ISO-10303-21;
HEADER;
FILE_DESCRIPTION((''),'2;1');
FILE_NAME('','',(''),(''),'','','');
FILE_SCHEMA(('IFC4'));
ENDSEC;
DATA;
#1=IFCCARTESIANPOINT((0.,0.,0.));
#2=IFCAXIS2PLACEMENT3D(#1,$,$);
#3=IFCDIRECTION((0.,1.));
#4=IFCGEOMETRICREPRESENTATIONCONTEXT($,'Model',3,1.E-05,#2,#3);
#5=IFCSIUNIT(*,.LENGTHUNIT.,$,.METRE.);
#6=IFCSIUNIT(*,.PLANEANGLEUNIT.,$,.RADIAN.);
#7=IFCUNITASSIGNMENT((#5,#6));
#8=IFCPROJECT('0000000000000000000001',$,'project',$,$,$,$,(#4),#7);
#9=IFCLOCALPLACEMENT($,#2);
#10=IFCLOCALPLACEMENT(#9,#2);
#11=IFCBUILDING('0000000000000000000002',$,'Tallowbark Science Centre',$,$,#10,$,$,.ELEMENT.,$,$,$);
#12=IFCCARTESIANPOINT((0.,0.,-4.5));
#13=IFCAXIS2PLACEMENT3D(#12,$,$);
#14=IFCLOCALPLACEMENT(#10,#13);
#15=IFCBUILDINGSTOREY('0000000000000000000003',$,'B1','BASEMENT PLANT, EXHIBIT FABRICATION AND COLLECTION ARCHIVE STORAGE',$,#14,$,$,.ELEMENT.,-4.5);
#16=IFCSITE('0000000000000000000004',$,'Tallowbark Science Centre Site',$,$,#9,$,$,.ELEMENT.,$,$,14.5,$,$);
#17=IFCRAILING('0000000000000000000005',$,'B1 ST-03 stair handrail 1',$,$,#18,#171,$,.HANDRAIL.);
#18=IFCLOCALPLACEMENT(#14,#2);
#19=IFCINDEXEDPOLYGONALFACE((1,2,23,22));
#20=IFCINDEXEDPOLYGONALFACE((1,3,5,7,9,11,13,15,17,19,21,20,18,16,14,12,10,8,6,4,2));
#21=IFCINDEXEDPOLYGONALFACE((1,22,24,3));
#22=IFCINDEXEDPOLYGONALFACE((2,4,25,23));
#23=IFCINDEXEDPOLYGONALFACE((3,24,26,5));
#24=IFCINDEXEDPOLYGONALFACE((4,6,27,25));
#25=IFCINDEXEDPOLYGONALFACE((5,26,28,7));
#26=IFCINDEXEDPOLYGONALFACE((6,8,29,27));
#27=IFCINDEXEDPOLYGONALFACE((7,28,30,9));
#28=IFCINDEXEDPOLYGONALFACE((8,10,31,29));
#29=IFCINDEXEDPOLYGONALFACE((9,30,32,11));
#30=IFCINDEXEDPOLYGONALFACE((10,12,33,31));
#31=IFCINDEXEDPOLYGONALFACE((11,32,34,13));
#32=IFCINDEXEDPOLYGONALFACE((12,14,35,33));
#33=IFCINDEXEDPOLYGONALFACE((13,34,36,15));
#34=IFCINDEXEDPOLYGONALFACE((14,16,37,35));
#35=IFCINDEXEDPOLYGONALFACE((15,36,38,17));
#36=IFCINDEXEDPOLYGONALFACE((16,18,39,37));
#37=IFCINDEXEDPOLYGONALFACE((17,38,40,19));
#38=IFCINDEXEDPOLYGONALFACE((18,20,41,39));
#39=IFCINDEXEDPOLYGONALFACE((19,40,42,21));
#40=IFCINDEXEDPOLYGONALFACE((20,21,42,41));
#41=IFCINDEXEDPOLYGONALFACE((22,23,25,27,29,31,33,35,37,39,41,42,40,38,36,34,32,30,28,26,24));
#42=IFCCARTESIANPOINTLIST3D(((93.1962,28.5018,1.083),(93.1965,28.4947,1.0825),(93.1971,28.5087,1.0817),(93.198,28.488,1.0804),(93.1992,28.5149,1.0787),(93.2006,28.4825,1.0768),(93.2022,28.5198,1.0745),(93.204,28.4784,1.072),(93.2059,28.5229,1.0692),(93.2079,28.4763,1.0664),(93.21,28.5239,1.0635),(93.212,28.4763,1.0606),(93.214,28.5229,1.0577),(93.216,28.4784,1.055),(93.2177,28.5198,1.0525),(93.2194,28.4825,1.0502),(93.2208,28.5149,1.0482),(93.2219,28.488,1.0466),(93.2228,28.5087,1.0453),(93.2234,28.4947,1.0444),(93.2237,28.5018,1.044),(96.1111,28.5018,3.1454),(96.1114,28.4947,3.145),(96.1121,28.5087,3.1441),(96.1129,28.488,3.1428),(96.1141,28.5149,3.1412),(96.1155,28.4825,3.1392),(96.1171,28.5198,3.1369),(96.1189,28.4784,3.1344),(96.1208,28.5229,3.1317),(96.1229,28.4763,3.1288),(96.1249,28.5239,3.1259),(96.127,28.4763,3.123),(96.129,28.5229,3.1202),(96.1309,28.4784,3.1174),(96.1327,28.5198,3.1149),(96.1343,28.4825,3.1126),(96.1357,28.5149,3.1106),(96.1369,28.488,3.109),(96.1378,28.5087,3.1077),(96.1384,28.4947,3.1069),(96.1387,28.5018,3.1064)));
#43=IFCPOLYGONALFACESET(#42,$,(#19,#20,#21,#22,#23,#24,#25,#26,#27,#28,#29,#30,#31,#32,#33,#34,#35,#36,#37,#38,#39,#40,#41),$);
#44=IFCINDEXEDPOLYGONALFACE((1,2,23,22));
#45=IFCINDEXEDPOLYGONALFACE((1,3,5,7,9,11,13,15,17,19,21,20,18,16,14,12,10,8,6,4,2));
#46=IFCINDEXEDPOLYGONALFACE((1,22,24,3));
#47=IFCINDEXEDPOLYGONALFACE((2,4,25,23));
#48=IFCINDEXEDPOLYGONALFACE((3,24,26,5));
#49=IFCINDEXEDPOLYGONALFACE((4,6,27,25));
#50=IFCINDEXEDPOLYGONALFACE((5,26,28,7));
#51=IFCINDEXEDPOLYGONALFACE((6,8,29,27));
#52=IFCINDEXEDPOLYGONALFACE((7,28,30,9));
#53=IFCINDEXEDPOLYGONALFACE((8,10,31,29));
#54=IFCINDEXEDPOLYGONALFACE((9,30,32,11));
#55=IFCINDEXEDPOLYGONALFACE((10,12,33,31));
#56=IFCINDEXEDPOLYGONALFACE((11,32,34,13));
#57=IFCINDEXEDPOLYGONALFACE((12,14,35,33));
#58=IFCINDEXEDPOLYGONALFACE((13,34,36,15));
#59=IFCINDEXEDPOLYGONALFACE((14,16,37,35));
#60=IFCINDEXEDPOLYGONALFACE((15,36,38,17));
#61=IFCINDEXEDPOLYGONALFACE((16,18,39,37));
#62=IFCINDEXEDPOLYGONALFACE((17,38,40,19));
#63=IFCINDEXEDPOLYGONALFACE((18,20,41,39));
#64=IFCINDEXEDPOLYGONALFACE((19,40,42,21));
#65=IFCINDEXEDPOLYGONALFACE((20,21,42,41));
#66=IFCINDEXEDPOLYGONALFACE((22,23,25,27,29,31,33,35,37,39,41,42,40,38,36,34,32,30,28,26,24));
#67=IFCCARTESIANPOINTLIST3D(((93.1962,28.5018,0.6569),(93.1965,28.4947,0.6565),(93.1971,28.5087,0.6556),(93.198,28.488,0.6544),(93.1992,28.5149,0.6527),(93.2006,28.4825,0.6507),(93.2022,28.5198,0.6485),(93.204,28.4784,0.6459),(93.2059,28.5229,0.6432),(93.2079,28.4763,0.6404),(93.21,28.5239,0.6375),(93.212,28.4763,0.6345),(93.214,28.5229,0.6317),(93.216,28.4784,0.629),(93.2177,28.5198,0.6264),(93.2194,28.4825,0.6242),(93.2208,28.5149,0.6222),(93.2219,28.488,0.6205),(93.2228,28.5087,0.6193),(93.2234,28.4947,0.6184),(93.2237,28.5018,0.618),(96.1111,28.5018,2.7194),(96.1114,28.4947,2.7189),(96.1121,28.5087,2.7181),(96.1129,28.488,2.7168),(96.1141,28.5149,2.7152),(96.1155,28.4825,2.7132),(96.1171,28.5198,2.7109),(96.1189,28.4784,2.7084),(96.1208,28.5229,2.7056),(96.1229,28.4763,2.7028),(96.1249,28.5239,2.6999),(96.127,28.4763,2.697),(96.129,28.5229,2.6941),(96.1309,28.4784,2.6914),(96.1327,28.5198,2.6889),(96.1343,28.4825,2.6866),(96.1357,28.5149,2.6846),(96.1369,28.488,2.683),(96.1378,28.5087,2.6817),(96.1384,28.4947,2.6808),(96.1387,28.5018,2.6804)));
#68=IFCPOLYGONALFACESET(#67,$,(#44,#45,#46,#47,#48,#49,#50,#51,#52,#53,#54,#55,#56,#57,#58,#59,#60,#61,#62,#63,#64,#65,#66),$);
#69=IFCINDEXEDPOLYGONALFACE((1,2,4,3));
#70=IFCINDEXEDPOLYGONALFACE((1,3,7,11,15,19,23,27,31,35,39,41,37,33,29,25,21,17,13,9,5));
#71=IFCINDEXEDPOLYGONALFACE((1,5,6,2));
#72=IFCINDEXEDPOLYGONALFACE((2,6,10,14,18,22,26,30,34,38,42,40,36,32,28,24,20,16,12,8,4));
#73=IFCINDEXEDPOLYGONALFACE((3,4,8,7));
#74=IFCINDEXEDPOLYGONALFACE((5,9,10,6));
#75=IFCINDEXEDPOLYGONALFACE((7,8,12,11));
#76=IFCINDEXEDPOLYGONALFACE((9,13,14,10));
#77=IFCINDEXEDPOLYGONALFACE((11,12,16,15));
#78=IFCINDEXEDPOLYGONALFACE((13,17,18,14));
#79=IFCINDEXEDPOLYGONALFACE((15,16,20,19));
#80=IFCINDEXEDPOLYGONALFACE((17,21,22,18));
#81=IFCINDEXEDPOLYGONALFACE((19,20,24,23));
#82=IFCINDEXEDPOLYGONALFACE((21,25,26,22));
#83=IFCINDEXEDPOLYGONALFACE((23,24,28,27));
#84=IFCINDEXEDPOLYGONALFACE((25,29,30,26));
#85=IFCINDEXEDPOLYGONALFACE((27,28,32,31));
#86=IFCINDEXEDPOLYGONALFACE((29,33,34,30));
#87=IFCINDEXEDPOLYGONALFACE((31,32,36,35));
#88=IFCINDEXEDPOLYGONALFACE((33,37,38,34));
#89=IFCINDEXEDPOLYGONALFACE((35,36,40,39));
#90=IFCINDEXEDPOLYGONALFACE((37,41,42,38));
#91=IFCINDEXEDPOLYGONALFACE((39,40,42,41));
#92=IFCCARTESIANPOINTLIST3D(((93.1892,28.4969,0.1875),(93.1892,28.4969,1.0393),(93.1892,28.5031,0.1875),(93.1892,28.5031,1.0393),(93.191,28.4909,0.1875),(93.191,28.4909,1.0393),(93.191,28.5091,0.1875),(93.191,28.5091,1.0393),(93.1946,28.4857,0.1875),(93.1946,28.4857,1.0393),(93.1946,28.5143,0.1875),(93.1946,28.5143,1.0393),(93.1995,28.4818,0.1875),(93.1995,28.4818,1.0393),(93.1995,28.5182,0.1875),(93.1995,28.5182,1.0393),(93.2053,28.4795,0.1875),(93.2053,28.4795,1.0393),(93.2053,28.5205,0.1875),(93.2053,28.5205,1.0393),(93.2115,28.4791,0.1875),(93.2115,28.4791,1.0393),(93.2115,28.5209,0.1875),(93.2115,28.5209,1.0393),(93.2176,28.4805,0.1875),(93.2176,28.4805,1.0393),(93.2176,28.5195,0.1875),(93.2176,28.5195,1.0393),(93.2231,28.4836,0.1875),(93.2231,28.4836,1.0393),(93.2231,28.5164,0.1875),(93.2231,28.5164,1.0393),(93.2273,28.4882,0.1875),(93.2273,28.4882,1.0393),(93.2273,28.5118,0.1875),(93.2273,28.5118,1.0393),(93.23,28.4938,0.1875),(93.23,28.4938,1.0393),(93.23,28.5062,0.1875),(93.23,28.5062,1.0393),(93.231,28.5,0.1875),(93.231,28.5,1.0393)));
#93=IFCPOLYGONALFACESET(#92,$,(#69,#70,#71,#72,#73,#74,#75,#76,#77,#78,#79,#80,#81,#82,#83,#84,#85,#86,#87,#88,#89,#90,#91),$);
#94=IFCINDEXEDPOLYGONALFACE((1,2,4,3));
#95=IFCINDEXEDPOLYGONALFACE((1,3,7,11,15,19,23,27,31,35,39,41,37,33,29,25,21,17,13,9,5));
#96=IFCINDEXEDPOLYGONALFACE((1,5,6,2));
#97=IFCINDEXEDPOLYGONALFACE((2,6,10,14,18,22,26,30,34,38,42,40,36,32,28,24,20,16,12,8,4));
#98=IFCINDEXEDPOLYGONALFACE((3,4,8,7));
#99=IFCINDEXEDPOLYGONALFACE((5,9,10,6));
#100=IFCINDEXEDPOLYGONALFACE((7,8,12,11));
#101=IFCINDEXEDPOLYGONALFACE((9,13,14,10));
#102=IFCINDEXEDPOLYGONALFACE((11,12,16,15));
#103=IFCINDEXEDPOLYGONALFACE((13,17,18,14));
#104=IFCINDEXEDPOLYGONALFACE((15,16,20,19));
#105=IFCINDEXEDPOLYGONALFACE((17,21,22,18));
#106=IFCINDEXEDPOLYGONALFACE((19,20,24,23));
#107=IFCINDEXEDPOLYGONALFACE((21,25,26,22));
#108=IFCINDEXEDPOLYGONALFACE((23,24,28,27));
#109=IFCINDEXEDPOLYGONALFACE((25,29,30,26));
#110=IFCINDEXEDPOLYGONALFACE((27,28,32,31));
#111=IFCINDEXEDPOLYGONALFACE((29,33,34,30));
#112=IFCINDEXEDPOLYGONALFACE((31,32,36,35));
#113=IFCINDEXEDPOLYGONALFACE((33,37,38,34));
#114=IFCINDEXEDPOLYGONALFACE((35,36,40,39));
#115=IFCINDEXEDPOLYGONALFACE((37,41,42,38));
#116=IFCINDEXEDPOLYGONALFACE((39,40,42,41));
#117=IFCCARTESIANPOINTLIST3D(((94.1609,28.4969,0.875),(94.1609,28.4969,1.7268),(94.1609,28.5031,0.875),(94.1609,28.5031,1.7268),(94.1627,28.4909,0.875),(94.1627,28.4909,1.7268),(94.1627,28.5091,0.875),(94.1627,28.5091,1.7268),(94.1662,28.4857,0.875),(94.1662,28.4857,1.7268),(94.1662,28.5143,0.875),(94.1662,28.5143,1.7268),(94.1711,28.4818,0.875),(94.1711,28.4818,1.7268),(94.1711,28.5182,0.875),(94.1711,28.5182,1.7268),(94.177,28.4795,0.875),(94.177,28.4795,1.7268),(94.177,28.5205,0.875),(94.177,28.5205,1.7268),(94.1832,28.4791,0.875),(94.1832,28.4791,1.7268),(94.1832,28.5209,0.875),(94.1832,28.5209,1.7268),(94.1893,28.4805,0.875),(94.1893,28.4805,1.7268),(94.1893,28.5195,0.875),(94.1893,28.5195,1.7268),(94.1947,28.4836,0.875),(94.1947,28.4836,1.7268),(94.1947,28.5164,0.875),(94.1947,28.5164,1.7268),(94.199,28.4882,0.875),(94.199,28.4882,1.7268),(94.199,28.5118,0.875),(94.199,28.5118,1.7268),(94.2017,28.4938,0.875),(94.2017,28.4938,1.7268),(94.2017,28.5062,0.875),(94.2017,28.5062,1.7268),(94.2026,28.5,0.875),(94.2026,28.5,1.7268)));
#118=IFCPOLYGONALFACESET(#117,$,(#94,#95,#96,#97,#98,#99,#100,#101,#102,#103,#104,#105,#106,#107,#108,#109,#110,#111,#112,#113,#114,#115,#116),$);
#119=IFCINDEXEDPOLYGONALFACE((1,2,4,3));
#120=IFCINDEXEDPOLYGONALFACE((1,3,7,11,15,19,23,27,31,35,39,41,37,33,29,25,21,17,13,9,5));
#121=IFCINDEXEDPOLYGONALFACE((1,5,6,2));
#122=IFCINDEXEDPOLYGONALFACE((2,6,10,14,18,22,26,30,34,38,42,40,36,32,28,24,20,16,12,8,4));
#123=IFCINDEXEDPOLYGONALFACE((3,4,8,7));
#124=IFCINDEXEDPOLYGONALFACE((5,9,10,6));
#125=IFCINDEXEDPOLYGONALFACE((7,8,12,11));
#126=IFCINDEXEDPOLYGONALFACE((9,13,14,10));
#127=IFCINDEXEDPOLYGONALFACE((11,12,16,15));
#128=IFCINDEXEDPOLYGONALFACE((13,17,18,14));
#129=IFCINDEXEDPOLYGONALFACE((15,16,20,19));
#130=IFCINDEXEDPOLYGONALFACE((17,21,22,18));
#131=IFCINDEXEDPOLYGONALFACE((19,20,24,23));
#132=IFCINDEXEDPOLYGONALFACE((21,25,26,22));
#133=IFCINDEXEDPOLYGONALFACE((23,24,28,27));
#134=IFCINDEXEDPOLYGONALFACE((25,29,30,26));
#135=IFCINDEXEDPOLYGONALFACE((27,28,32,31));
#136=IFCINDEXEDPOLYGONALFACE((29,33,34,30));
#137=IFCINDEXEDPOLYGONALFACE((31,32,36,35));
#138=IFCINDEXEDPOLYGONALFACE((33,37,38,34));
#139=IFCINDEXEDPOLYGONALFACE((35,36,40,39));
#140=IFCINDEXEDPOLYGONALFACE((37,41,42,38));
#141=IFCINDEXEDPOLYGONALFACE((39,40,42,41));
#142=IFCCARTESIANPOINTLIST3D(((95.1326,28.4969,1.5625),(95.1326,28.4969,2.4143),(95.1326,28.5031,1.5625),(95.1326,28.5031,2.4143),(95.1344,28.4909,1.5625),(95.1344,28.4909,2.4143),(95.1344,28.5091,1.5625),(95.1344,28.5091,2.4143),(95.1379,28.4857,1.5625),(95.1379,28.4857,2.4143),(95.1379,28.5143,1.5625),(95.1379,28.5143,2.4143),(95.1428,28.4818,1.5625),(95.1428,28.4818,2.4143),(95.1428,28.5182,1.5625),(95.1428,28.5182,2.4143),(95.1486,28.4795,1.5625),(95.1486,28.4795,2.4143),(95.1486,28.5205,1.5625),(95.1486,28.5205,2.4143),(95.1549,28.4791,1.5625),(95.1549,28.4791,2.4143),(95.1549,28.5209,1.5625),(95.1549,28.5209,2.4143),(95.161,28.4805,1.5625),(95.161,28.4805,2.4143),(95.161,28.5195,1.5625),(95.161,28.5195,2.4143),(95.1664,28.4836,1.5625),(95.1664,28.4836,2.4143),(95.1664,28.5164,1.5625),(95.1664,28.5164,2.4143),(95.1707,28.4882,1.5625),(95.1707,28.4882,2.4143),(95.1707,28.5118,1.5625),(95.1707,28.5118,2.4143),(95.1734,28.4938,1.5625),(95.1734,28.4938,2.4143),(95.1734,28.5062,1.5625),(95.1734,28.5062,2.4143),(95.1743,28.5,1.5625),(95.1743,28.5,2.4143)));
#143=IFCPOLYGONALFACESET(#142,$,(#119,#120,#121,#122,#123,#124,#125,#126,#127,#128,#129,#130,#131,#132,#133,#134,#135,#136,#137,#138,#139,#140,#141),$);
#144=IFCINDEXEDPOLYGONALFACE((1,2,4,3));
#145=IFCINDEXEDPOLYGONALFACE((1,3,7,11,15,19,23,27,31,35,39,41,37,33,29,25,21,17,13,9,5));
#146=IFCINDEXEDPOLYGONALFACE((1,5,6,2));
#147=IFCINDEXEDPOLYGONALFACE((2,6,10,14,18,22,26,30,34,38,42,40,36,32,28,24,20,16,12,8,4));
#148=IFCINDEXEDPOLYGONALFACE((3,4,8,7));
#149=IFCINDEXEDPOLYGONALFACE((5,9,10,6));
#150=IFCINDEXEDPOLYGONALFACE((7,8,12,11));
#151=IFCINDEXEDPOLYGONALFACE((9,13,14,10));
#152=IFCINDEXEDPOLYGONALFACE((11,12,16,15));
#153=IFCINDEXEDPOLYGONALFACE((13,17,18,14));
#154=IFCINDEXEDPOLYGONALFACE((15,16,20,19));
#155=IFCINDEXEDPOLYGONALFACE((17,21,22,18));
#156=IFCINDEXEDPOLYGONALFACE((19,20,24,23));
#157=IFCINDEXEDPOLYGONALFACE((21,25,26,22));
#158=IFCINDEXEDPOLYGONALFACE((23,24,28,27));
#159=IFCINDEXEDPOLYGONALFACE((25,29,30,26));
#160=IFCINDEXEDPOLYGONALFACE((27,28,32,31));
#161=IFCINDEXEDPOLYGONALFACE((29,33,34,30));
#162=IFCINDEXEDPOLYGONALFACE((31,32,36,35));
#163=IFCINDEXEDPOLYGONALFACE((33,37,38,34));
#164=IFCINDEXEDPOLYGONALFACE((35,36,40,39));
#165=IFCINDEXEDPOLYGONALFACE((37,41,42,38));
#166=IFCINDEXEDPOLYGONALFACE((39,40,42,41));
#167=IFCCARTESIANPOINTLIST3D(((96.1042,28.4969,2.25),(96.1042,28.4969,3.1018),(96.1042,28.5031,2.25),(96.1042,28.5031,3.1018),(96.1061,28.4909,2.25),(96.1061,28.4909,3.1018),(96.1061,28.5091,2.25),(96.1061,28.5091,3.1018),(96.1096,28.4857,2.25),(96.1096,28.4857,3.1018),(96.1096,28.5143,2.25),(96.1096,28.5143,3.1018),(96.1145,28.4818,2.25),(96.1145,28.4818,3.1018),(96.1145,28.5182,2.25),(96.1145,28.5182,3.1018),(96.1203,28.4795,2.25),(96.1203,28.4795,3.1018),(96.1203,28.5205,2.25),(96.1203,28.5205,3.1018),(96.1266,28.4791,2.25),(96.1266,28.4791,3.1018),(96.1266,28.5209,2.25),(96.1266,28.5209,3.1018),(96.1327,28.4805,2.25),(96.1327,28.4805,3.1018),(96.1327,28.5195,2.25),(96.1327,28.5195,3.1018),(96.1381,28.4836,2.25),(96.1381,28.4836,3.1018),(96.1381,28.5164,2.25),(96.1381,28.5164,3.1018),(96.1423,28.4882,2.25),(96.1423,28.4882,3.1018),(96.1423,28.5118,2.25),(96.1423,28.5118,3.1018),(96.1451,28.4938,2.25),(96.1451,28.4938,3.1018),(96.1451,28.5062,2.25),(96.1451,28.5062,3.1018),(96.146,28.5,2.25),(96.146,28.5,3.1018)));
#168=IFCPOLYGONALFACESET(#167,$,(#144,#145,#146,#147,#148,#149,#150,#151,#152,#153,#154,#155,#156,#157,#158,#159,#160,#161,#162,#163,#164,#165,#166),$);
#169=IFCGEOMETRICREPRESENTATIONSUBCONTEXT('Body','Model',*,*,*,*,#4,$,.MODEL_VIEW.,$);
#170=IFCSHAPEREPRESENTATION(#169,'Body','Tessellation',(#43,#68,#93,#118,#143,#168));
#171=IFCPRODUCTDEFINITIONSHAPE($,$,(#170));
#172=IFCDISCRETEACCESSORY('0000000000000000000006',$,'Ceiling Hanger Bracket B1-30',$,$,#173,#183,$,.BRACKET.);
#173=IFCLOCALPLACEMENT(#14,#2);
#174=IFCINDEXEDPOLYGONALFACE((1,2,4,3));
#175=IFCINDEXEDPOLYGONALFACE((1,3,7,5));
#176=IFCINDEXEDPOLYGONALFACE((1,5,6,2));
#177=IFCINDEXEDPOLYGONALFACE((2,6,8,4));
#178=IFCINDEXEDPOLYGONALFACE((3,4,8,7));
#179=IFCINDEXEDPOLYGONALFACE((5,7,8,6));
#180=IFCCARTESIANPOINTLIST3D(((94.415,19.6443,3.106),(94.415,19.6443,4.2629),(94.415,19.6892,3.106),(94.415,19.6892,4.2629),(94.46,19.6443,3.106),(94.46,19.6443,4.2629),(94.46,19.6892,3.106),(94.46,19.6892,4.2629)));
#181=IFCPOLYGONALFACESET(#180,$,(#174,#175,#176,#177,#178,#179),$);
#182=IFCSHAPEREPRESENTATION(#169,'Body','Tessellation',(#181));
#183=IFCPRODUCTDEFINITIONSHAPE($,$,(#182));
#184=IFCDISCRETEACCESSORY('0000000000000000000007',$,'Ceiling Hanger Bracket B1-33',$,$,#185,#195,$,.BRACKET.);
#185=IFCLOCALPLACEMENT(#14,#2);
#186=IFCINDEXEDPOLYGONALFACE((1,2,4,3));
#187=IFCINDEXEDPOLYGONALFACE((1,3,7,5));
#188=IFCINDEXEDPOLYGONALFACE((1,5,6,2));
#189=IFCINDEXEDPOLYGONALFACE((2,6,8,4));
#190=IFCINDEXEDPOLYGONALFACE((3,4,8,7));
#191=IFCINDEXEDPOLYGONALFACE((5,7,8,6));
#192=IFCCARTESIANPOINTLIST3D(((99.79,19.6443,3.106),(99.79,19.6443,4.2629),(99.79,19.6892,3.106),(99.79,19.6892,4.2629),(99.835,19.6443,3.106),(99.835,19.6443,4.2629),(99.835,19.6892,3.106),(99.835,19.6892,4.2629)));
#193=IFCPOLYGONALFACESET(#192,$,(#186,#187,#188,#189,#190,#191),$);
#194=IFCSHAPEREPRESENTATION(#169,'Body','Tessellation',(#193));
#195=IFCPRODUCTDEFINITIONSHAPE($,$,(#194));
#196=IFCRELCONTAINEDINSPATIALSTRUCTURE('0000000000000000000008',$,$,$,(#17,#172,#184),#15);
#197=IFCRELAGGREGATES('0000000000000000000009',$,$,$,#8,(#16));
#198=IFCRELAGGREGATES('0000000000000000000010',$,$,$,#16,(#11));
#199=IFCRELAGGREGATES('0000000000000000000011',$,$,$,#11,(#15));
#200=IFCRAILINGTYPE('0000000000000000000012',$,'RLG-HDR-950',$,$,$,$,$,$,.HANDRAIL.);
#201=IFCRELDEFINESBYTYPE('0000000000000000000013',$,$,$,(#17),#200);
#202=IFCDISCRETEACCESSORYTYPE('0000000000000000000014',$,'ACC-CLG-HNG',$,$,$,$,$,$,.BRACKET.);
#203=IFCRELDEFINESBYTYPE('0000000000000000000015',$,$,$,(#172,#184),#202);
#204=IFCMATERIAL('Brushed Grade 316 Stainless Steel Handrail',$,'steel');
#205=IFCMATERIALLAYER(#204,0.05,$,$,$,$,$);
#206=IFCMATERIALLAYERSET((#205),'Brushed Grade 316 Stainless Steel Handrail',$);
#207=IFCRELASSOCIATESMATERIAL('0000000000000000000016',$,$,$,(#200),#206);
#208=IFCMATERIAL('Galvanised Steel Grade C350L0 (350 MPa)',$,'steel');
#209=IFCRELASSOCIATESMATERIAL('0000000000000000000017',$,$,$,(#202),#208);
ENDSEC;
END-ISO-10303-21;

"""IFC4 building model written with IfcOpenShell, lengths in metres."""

from ifc_helpers import new_model, si_unit, direction, frame, origin, origin_2d, place, context, subcontext, project, spatial, rectangle, circle, extrude, material, layer, layer_set, type_object, element, save


model = new_model("IFC4")

# Units and contexts
model_context = context("Model", 3, precision=1e-05, world=origin(), true_north=direction((0.0, 1.0)))
body_context = subcontext(model_context, "Body", "Model", "MODEL_VIEW")
ifc_project = project(units=[si_unit("LENGTHUNIT", "METRE"), si_unit("PLANEANGLEUNIT", "RADIAN")], contexts=[model_context])

# Site, building, storey
site_placement = place(None, origin())
site = spatial("IfcSite", under=ifc_project, at=site_placement, Name="Tallowbark Science Centre Site", CompositionType="ELEMENT", RefElevation=14.5)
building_placement = place(site_placement, origin())
building = spatial("IfcBuilding", under=site, at=building_placement, Name="Tallowbark Science Centre", CompositionType="ELEMENT")
storey_placement = place(building_placement, frame((0.0, 0.0, -4.5)))
storey = spatial("IfcBuildingStorey", under=building, at=storey_placement, Name="B1", Description="BASEMENT PLANT, EXHIBIT FABRICATION AND COLLECTION ARCHIVE STORAGE", CompositionType="ELEMENT", Elevation=-4.5)

# Railing
ifc_material_1 = material(Name="Brushed Grade 316 Stainless Steel Handrail", Category="steel")
ifc_layer_1 = layer(ifc_material_1, 0.05)
ifc_layer_set_1 = layer_set([ifc_layer_1], Name="Brushed Grade 316 Stainless Steel Handrail")
railing_type_1 = type_object("IfcRailingType", Name="RLG-HDR-950", PredefinedType="HANDRAIL", material=ifc_layer_set_1)
railing_1_placement = place(storey_placement, frame((93.21, 28.5, 0.1875)))
element("IfcRailing", 1, at=railing_1_placement, inside=storey, type_object=railing_type_1, Name="B1 ST-03 stair handrail 1", PredefinedType="HANDRAIL", context=body_context, shape_type="SweptSolid", body=[
    extrude(circle(Radius=0.0239, at=origin_2d()), frame((0.0, 0.0, 0.876), z_axis=(0.816331, 0.0, 0.577585), x_axis=(0.0, 1.0, 0.0)), (0.0, 0.0, 1.0), 3.5708),
    extrude(circle(Radius=0.0239, at=origin_2d()), frame((0.0, 0.0, 0.45), z_axis=(0.816331, 0.0, 0.577585), x_axis=(0.0, 1.0, 0.0)), (0.0, 0.0, 1.0), 3.5708),
    extrude(circle(Radius=0.021, at=origin_2d()), origin(), (0.0, 0.0, 1.0), 0.8518),
    extrude(circle(Radius=0.021, at=origin_2d()), frame((0.9717, 0.0, 0.6875)), (0.0, 0.0, 1.0), 0.8518),
    extrude(circle(Radius=0.021, at=origin_2d()), frame((1.9434, 0.0, 1.375)), (0.0, 0.0, 1.0), 0.8518),
    extrude(circle(Radius=0.021, at=origin_2d()), frame((2.915, 0.0, 2.0625)), (0.0, 0.0, 1.0), 0.8518),
])

# Discrete accessories
ifc_material_2 = material(Name="Galvanised Steel Grade C350L0 (350 MPa)", Category="steel")
discrete_accessory_type = type_object("IfcDiscreteAccessoryType", Name="ACC-CLG-HNG", PredefinedType="BRACKET", material=ifc_material_2)
for number, where, z_axis, x_axis, name in (
    (2, (94.4375, 19.6667, 3.106), (0.0, 0.0, 1.0), (1.0, 0.0, 0.0), "Ceiling Hanger Bracket B1-30"),
    (3, (99.8125, 19.6667, 3.106), (0.0, 0.0, 1.0), (1.0, 0.0, 0.0), "Ceiling Hanger Bracket B1-33"),
):
    element("IfcDiscreteAccessory", number, at=place(storey_placement, frame(where, z_axis=z_axis, x_axis=x_axis)), inside=storey, type_object=discrete_accessory_type, Name=name, PredefinedType="BRACKET", context=body_context, shape_type="SweptSolid", body=[
        extrude(rectangle(XDim=0.0449, YDim=0.0449, at=origin_2d()), origin(), (0.0, 0.0, 1.0), 1.157),
    ])

save(model, "model.ifc")
